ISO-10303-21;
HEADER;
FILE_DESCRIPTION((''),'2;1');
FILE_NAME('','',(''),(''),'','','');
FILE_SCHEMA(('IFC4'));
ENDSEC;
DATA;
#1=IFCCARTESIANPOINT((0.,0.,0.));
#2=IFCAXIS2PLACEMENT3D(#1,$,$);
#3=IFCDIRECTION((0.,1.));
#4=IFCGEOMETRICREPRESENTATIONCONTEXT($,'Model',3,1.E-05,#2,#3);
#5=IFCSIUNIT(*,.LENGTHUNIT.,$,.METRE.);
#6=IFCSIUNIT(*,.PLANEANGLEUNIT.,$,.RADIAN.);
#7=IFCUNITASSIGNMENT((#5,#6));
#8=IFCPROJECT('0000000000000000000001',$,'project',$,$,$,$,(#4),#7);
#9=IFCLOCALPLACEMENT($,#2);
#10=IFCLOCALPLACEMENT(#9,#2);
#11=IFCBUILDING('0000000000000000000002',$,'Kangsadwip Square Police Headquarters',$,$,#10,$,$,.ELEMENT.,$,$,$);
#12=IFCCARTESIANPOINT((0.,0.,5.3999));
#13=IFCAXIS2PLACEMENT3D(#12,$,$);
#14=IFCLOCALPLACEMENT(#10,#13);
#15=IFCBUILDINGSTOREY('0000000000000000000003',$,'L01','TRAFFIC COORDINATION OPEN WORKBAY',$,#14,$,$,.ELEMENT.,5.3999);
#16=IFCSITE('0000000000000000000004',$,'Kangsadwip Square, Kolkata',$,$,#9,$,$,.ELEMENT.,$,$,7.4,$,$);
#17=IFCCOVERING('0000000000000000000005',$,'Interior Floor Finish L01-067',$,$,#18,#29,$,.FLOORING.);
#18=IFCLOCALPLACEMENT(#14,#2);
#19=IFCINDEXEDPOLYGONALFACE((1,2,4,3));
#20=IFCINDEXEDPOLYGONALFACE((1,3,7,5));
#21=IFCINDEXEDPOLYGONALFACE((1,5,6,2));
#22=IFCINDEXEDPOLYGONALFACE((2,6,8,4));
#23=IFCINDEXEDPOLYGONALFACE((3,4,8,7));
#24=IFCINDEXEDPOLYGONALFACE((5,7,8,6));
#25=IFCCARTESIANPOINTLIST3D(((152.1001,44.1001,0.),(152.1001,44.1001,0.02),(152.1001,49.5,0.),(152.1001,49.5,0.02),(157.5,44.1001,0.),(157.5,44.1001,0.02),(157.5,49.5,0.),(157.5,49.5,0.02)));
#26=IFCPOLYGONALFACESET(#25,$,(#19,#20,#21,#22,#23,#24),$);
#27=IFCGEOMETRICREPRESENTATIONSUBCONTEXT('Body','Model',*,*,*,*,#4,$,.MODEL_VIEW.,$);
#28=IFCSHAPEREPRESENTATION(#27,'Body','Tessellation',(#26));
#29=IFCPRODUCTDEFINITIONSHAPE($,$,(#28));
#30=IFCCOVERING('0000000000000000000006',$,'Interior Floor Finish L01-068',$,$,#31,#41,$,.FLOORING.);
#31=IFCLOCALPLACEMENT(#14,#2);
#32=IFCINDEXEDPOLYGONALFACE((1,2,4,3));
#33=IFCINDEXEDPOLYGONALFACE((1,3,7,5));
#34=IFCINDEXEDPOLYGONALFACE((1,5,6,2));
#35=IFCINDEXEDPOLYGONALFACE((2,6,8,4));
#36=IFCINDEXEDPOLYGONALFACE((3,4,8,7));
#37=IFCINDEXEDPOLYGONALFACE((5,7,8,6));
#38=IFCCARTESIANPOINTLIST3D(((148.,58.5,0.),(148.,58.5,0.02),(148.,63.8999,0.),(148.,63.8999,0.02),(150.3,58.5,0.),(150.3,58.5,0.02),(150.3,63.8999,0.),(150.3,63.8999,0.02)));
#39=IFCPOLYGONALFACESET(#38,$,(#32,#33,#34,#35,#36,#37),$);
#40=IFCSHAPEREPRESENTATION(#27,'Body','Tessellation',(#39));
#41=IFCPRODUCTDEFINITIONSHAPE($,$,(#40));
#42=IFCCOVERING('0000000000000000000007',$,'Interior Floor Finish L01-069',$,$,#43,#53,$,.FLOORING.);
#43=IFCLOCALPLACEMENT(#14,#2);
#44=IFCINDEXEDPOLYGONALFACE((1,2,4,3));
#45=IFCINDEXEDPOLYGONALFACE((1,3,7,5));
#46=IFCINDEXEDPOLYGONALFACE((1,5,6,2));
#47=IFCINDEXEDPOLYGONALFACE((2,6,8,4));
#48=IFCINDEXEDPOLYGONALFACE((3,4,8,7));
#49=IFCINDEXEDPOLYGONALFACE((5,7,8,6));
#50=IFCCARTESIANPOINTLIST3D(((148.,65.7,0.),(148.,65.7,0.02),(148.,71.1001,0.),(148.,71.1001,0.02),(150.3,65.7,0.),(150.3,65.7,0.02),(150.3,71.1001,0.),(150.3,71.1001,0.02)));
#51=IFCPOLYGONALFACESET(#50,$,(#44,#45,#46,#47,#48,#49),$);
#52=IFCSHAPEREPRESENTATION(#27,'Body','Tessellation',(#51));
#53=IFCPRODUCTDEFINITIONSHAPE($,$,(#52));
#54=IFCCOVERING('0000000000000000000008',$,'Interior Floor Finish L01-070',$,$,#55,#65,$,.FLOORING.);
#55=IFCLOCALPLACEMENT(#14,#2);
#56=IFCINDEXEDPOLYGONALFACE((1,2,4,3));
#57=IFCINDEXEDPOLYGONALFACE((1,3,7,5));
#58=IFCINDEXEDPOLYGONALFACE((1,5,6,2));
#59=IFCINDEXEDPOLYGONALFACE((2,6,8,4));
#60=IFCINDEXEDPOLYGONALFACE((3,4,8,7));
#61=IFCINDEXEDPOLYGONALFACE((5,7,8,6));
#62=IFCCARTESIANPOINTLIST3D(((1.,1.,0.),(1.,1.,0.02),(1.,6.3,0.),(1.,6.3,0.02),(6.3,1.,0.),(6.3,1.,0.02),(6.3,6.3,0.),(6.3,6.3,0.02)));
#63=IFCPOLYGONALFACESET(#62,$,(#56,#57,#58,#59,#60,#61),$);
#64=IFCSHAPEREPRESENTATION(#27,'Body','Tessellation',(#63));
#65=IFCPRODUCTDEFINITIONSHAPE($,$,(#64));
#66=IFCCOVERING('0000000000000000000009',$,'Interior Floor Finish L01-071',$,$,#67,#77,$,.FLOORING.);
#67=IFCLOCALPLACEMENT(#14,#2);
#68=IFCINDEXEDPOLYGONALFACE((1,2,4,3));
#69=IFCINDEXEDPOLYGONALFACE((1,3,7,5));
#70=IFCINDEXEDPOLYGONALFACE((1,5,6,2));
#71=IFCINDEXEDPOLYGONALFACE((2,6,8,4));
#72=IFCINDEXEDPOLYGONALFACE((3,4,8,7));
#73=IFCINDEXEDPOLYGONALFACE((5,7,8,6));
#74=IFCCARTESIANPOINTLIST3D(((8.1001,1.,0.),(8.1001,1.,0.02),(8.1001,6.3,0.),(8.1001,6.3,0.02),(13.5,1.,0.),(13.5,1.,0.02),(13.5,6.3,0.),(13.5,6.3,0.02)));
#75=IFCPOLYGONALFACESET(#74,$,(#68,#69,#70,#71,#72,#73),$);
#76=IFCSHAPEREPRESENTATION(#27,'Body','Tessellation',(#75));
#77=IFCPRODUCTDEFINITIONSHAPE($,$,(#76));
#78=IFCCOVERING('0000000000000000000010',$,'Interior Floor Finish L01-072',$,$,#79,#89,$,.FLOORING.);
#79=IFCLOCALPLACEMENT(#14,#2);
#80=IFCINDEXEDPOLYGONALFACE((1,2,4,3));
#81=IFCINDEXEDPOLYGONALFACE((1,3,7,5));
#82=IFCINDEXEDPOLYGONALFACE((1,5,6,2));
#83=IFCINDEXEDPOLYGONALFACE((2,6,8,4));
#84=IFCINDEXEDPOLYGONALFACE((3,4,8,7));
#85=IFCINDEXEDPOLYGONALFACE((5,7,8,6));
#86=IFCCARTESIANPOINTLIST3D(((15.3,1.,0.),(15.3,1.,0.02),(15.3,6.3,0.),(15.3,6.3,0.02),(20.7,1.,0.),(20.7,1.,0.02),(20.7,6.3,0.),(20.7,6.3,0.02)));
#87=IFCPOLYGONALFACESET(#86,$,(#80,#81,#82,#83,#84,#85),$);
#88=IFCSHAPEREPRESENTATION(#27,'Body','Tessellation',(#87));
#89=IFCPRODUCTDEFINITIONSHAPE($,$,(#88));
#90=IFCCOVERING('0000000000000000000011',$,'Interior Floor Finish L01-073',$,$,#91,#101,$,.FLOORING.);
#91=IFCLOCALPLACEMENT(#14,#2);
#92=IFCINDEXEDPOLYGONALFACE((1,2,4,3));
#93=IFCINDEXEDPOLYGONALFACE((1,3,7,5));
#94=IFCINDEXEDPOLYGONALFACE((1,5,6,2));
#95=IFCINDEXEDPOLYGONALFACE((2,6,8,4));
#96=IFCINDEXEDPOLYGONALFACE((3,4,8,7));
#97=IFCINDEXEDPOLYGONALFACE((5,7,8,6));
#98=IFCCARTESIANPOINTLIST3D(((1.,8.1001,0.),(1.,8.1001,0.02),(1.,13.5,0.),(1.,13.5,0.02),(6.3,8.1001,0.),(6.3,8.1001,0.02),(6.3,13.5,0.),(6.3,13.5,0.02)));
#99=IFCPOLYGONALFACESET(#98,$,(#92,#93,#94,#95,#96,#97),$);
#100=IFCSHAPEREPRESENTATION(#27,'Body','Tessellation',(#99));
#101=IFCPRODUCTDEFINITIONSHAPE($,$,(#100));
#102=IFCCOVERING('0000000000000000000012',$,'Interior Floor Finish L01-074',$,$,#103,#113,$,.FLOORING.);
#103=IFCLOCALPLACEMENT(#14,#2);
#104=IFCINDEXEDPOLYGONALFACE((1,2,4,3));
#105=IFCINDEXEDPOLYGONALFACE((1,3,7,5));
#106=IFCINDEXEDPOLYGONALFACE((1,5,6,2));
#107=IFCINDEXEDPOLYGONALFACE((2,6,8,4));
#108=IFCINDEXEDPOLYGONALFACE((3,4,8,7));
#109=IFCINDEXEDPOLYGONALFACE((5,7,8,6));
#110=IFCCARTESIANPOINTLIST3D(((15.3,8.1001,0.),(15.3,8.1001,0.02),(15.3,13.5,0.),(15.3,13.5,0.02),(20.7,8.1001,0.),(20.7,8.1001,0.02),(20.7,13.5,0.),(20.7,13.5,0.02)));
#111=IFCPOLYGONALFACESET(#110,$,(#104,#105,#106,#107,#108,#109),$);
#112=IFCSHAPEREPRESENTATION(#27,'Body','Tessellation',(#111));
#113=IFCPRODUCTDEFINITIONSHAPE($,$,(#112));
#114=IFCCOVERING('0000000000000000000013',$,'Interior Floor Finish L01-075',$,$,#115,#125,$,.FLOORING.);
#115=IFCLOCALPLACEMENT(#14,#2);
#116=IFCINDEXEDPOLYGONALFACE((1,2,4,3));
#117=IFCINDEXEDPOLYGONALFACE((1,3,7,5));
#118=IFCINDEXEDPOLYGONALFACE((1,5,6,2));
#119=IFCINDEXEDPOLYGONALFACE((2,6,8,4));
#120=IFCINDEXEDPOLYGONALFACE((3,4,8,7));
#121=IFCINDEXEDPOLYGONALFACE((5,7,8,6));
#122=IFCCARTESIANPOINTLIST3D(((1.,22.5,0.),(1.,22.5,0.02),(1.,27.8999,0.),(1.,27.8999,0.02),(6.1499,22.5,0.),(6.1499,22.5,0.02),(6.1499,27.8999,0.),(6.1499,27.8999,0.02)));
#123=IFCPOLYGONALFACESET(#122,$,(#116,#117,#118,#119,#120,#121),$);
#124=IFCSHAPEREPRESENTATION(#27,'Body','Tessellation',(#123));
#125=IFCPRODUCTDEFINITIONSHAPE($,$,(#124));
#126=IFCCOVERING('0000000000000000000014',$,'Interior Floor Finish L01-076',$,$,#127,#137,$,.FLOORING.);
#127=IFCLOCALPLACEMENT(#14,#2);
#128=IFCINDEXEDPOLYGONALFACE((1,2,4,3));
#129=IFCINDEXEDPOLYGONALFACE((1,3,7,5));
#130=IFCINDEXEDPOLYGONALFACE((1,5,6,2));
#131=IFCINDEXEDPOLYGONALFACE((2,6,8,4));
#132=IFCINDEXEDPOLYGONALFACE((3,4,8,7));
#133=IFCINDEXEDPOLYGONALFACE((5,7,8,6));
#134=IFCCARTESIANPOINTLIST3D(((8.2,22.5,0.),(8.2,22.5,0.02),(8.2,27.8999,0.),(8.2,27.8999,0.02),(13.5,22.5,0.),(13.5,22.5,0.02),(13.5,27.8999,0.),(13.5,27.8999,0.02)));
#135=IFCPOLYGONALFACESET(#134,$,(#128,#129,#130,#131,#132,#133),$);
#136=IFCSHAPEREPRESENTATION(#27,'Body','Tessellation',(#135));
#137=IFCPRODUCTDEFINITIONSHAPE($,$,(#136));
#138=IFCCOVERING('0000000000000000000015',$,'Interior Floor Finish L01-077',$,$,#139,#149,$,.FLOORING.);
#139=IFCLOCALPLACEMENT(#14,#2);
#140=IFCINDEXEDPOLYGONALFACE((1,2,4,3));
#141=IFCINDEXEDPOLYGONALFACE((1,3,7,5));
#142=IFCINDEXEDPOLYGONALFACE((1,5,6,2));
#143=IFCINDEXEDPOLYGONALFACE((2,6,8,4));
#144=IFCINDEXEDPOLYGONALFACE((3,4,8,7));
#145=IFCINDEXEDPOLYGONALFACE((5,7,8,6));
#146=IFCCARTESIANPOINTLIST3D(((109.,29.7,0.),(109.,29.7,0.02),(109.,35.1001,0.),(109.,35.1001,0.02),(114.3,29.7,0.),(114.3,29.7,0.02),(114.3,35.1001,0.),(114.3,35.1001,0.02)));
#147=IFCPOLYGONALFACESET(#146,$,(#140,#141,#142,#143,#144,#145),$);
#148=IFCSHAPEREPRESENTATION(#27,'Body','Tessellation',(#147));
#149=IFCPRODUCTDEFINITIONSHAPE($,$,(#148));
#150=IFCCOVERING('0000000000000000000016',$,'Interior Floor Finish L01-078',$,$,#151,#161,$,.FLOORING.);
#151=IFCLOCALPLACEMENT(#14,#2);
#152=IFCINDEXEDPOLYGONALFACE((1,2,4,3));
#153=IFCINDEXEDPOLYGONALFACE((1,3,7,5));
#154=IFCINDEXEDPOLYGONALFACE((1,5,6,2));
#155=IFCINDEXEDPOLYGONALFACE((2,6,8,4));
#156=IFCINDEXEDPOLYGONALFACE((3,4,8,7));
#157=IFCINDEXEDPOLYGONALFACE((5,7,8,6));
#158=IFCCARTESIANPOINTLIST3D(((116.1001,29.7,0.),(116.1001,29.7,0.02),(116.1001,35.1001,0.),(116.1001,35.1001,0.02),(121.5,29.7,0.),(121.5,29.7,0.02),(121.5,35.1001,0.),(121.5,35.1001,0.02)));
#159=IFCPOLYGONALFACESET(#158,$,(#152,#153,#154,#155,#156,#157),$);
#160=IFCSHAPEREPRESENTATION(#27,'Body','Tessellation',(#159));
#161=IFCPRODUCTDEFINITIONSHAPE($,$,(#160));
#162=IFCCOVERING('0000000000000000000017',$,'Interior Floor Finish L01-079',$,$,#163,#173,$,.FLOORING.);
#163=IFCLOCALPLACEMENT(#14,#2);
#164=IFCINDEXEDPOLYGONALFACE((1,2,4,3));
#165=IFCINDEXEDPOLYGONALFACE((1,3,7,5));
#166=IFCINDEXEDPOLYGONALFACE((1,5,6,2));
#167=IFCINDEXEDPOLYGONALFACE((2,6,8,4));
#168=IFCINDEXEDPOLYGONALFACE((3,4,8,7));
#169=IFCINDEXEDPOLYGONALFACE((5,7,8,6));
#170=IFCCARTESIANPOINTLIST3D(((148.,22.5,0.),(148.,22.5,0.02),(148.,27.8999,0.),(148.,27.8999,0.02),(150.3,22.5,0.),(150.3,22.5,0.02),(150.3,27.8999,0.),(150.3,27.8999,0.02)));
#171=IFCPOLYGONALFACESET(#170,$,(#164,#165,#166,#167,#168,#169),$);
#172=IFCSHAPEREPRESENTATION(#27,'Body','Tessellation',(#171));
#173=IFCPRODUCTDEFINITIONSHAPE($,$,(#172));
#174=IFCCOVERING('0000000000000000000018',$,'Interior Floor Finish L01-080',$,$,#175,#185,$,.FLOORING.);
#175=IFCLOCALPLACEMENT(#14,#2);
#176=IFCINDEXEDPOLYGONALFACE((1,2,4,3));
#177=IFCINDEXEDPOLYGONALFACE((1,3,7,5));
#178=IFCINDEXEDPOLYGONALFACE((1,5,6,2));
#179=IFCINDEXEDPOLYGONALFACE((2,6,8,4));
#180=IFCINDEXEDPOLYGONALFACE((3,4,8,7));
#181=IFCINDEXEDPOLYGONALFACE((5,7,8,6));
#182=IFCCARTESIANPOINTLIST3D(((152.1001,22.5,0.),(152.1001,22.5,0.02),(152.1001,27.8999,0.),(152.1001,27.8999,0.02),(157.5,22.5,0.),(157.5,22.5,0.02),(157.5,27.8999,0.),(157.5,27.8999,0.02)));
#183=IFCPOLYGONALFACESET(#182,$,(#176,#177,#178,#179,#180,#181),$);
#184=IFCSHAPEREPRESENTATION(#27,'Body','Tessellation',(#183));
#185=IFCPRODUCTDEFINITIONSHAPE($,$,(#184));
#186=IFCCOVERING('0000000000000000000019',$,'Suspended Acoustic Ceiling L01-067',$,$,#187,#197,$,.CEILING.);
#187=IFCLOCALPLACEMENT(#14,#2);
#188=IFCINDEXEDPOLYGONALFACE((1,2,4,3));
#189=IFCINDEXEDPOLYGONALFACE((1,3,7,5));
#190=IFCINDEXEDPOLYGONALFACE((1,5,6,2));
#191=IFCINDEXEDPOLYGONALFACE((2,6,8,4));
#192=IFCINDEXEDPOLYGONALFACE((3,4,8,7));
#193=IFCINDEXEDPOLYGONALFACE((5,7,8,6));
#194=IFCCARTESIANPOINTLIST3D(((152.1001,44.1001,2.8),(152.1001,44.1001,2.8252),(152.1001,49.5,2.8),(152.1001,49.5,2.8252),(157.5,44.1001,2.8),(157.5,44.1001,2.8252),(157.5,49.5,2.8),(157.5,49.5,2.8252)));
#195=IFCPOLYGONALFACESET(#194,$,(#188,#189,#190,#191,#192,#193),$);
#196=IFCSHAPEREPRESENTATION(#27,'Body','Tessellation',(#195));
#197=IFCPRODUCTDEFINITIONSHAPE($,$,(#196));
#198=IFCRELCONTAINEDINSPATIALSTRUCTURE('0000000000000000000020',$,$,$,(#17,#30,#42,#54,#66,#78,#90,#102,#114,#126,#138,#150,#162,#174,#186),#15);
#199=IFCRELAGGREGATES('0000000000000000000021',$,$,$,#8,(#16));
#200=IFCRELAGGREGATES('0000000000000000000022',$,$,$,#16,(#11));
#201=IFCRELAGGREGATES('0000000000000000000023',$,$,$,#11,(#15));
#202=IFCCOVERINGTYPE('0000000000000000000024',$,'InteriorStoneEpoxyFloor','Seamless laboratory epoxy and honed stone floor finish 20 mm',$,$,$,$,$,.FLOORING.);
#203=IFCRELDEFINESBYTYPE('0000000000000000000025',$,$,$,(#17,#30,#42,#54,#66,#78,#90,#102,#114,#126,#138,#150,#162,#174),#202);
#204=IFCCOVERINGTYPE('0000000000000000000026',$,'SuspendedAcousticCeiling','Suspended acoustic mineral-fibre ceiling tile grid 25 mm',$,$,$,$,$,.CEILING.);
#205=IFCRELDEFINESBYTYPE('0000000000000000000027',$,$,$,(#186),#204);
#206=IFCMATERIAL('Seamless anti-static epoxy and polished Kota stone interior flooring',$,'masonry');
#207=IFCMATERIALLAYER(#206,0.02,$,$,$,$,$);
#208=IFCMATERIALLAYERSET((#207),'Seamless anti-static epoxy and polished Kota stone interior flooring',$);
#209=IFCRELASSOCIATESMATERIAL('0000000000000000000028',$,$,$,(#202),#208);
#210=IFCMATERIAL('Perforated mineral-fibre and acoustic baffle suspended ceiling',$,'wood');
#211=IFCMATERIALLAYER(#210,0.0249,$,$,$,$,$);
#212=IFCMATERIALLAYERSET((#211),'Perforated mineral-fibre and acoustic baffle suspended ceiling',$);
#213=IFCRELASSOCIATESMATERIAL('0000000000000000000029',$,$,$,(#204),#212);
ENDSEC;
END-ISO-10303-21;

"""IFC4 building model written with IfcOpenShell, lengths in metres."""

from ifc_helpers import new_model, si_unit, direction, frame, origin, place, context, subcontext, project, spatial, polyline, outline, extrude, material, layer, layer_set, type_object, element, save


model = new_model("IFC4")

# Units and contexts
model_context = context("Model", 3, precision=1e-05, world=origin(), true_north=direction((0.0, 1.0)))
body_context = subcontext(model_context, "Body", "Model", "MODEL_VIEW")
ifc_project = project(units=[si_unit("LENGTHUNIT", "METRE"), si_unit("PLANEANGLEUNIT", "RADIAN")], contexts=[model_context])

# Site, building, storey
site_placement = place(None, origin())
site = spatial("IfcSite", under=ifc_project, at=site_placement, Name="Kangsadwip Square, Kolkata", CompositionType="ELEMENT", RefElevation=7.4)
building_placement = place(site_placement, origin())
building = spatial("IfcBuilding", under=site, at=building_placement, Name="Kangsadwip Square Police Headquarters", CompositionType="ELEMENT")
storey_placement = place(building_placement, frame((0.0, 0.0, 5.3999)))
storey = spatial("IfcBuildingStorey", under=building, at=storey_placement, Name="L01", Description="TRAFFIC COORDINATION OPEN WORKBAY", CompositionType="ELEMENT", Elevation=5.3999)

# Coverings
ifc_material_1 = material(Name="Seamless anti-static epoxy and polished Kota stone interior flooring", Category="masonry")
ifc_layer_1 = layer(ifc_material_1, 0.02)
ifc_layer_set_1 = layer_set([ifc_layer_1], Name="Seamless anti-static epoxy and polished Kota stone interior flooring")
covering_type_1 = type_object("IfcCoveringType", Name="InteriorStoneEpoxyFloor", Description="Seamless laboratory epoxy and honed stone floor finish 20 mm", PredefinedType="FLOORING", material=ifc_layer_set_1)
covering_1_placement = place(storey_placement, origin())
element("IfcCovering", 1, at=covering_1_placement, inside=storey, type_object=covering_type_1, Name="Interior Floor Finish L01-067", PredefinedType="FLOORING", context=body_context, shape_type="SweptSolid", body=[
    extrude(outline(polyline([(152.1001, 44.1001), (157.5, 44.1001), (157.5, 49.5), (152.1001, 49.5), (152.1001, 44.1001)])), origin(), (0.0, 0.0, 1.0), 0.02),
])
covering_2_placement = place(storey_placement, origin())
element("IfcCovering", 2, at=covering_2_placement, inside=storey, type_object=covering_type_1, Name="Interior Floor Finish L01-068", PredefinedType="FLOORING", context=body_context, shape_type="SweptSolid", body=[
    extrude(outline(polyline([(148.0, 58.5), (150.3, 58.5), (150.3, 63.8999), (148.0, 63.8999), (148.0, 58.5)])), origin(), (0.0, 0.0, 1.0), 0.02),
])
covering_3_placement = place(storey_placement, origin())
element("IfcCovering", 3, at=covering_3_placement, inside=storey, type_object=covering_type_1, Name="Interior Floor Finish L01-069", PredefinedType="FLOORING", context=body_context, shape_type="SweptSolid", body=[
    extrude(outline(polyline([(148.0, 65.7), (150.3, 65.7), (150.3, 71.1001), (148.0, 71.1001), (148.0, 65.7)])), origin(), (0.0, 0.0, 1.0), 0.02),
])
covering_4_placement = place(storey_placement, origin())
element("IfcCovering", 4, at=covering_4_placement, inside=storey, type_object=covering_type_1, Name="Interior Floor Finish L01-070", PredefinedType="FLOORING", context=body_context, shape_type="SweptSolid", body=[
    extrude(outline(polyline([(1.0, 1.0), (6.3, 1.0), (6.3, 6.3), (1.0, 6.3), (1.0, 1.0)])), origin(), (0.0, 0.0, 1.0), 0.02),
])
covering_5_placement = place(storey_placement, origin())
element("IfcCovering", 5, at=covering_5_placement, inside=storey, type_object=covering_type_1, Name="Interior Floor Finish L01-071", PredefinedType="FLOORING", context=body_context, shape_type="SweptSolid", body=[
    extrude(outline(polyline([(8.1001, 1.0), (13.5, 1.0), (13.5, 6.3), (8.1001, 6.3), (8.1001, 1.0)])), origin(), (0.0, 0.0, 1.0), 0.02),
])
covering_6_placement = place(storey_placement, origin())
element("IfcCovering", 6, at=covering_6_placement, inside=storey, type_object=covering_type_1, Name="Interior Floor Finish L01-072", PredefinedType="FLOORING", context=body_context, shape_type="SweptSolid", body=[
    extrude(outline(polyline([(15.3, 1.0), (20.7, 1.0), (20.7, 6.3), (15.3, 6.3), (15.3, 1.0)])), origin(), (0.0, 0.0, 1.0), 0.02),
])
covering_7_placement = place(storey_placement, origin())
element("IfcCovering", 7, at=covering_7_placement, inside=storey, type_object=covering_type_1, Name="Interior Floor Finish L01-073", PredefinedType="FLOORING", context=body_context, shape_type="SweptSolid", body=[
    extrude(outline(polyline([(1.0, 8.1001), (6.3, 8.1001), (6.3, 13.5), (1.0, 13.5), (1.0, 8.1001)])), origin(), (0.0, 0.0, 1.0), 0.02),
])
covering_8_placement = place(storey_placement, origin())
element("IfcCovering", 8, at=covering_8_placement, inside=storey, type_object=covering_type_1, Name="Interior Floor Finish L01-074", PredefinedType="FLOORING", context=body_context, shape_type="SweptSolid", body=[
    extrude(outline(polyline([(15.3, 8.1001), (20.7, 8.1001), (20.7, 13.5), (15.3, 13.5), (15.3, 8.1001)])), origin(), (0.0, 0.0, 1.0), 0.02),
])
covering_9_placement = place(storey_placement, origin())
element("IfcCovering", 9, at=covering_9_placement, inside=storey, type_object=covering_type_1, Name="Interior Floor Finish L01-075", PredefinedType="FLOORING", context=body_context, shape_type="SweptSolid", body=[
    extrude(outline(polyline([(1.0, 22.5), (6.1499, 22.5), (6.1499, 27.8999), (1.0, 27.8999), (1.0, 22.5)])), origin(), (0.0, 0.0, 1.0), 0.02),
])
covering_10_placement = place(storey_placement, origin())
element("IfcCovering", 10, at=covering_10_placement, inside=storey, type_object=covering_type_1, Name="Interior Floor Finish L01-076", PredefinedType="FLOORING", context=body_context, shape_type="SweptSolid", body=[
    extrude(outline(polyline([(8.2, 22.5), (13.5, 22.5), (13.5, 27.8999), (8.2, 27.8999), (8.2, 22.5)])), origin(), (0.0, 0.0, 1.0), 0.02),
])
covering_11_placement = place(storey_placement, origin())
element("IfcCovering", 11, at=covering_11_placement, inside=storey, type_object=covering_type_1, Name="Interior Floor Finish L01-077", PredefinedType="FLOORING", context=body_context, shape_type="SweptSolid", body=[
    extrude(outline(polyline([(109.0, 29.7), (114.3, 29.7), (114.3, 35.1001), (109.0, 35.1001), (109.0, 29.7)])), origin(), (0.0, 0.0, 1.0), 0.02),
])
covering_12_placement = place(storey_placement, origin())
element("IfcCovering", 12, at=covering_12_placement, inside=storey, type_object=covering_type_1, Name="Interior Floor Finish L01-078", PredefinedType="FLOORING", context=body_context, shape_type="SweptSolid", body=[
    extrude(outline(polyline([(116.1001, 29.7), (121.5, 29.7), (121.5, 35.1001), (116.1001, 35.1001), (116.1001, 29.7)])), origin(), (0.0, 0.0, 1.0), 0.02),
])
covering_13_placement = place(storey_placement, origin())
element("IfcCovering", 13, at=covering_13_placement, inside=storey, type_object=covering_type_1, Name="Interior Floor Finish L01-079", PredefinedType="FLOORING", context=body_context, shape_type="SweptSolid", body=[
    extrude(outline(polyline([(148.0, 22.5), (150.3, 22.5), (150.3, 27.8999), (148.0, 27.8999), (148.0, 22.5)])), origin(), (0.0, 0.0, 1.0), 0.02),
])
covering_14_placement = place(storey_placement, origin())
element("IfcCovering", 14, at=covering_14_placement, inside=storey, type_object=covering_type_1, Name="Interior Floor Finish L01-080", PredefinedType="FLOORING", context=body_context, shape_type="SweptSolid", body=[
    extrude(outline(polyline([(152.1001, 22.5), (157.5, 22.5), (157.5, 27.8999), (152.1001, 27.8999), (152.1001, 22.5)])), origin(), (0.0, 0.0, 1.0), 0.02),
])
ifc_material_2 = material(Name="Perforated mineral-fibre and acoustic baffle suspended ceiling", Category="wood")
ifc_layer_2 = layer(ifc_material_2, 0.0249)
ifc_layer_set_2 = layer_set([ifc_layer_2], Name="Perforated mineral-fibre and acoustic baffle suspended ceiling")
covering_type_2 = type_object("IfcCoveringType", Name="SuspendedAcousticCeiling", Description="Suspended acoustic mineral-fibre ceiling tile grid 25 mm", PredefinedType="CEILING", material=ifc_layer_set_2)
covering_15_placement = place(storey_placement, frame((0.0, 0.0, 2.8)))
element("IfcCovering", 15, at=covering_15_placement, inside=storey, type_object=covering_type_2, Name="Suspended Acoustic Ceiling L01-067", PredefinedType="CEILING", context=body_context, shape_type="SweptSolid", body=[
    extrude(outline(polyline([(152.1001, 44.1001), (157.5, 44.1001), (157.5, 49.5), (152.1001, 49.5), (152.1001, 44.1001)])), origin(), (0.0, 0.0, 1.0), 0.0251),
])

save(model, "model.ifc")
